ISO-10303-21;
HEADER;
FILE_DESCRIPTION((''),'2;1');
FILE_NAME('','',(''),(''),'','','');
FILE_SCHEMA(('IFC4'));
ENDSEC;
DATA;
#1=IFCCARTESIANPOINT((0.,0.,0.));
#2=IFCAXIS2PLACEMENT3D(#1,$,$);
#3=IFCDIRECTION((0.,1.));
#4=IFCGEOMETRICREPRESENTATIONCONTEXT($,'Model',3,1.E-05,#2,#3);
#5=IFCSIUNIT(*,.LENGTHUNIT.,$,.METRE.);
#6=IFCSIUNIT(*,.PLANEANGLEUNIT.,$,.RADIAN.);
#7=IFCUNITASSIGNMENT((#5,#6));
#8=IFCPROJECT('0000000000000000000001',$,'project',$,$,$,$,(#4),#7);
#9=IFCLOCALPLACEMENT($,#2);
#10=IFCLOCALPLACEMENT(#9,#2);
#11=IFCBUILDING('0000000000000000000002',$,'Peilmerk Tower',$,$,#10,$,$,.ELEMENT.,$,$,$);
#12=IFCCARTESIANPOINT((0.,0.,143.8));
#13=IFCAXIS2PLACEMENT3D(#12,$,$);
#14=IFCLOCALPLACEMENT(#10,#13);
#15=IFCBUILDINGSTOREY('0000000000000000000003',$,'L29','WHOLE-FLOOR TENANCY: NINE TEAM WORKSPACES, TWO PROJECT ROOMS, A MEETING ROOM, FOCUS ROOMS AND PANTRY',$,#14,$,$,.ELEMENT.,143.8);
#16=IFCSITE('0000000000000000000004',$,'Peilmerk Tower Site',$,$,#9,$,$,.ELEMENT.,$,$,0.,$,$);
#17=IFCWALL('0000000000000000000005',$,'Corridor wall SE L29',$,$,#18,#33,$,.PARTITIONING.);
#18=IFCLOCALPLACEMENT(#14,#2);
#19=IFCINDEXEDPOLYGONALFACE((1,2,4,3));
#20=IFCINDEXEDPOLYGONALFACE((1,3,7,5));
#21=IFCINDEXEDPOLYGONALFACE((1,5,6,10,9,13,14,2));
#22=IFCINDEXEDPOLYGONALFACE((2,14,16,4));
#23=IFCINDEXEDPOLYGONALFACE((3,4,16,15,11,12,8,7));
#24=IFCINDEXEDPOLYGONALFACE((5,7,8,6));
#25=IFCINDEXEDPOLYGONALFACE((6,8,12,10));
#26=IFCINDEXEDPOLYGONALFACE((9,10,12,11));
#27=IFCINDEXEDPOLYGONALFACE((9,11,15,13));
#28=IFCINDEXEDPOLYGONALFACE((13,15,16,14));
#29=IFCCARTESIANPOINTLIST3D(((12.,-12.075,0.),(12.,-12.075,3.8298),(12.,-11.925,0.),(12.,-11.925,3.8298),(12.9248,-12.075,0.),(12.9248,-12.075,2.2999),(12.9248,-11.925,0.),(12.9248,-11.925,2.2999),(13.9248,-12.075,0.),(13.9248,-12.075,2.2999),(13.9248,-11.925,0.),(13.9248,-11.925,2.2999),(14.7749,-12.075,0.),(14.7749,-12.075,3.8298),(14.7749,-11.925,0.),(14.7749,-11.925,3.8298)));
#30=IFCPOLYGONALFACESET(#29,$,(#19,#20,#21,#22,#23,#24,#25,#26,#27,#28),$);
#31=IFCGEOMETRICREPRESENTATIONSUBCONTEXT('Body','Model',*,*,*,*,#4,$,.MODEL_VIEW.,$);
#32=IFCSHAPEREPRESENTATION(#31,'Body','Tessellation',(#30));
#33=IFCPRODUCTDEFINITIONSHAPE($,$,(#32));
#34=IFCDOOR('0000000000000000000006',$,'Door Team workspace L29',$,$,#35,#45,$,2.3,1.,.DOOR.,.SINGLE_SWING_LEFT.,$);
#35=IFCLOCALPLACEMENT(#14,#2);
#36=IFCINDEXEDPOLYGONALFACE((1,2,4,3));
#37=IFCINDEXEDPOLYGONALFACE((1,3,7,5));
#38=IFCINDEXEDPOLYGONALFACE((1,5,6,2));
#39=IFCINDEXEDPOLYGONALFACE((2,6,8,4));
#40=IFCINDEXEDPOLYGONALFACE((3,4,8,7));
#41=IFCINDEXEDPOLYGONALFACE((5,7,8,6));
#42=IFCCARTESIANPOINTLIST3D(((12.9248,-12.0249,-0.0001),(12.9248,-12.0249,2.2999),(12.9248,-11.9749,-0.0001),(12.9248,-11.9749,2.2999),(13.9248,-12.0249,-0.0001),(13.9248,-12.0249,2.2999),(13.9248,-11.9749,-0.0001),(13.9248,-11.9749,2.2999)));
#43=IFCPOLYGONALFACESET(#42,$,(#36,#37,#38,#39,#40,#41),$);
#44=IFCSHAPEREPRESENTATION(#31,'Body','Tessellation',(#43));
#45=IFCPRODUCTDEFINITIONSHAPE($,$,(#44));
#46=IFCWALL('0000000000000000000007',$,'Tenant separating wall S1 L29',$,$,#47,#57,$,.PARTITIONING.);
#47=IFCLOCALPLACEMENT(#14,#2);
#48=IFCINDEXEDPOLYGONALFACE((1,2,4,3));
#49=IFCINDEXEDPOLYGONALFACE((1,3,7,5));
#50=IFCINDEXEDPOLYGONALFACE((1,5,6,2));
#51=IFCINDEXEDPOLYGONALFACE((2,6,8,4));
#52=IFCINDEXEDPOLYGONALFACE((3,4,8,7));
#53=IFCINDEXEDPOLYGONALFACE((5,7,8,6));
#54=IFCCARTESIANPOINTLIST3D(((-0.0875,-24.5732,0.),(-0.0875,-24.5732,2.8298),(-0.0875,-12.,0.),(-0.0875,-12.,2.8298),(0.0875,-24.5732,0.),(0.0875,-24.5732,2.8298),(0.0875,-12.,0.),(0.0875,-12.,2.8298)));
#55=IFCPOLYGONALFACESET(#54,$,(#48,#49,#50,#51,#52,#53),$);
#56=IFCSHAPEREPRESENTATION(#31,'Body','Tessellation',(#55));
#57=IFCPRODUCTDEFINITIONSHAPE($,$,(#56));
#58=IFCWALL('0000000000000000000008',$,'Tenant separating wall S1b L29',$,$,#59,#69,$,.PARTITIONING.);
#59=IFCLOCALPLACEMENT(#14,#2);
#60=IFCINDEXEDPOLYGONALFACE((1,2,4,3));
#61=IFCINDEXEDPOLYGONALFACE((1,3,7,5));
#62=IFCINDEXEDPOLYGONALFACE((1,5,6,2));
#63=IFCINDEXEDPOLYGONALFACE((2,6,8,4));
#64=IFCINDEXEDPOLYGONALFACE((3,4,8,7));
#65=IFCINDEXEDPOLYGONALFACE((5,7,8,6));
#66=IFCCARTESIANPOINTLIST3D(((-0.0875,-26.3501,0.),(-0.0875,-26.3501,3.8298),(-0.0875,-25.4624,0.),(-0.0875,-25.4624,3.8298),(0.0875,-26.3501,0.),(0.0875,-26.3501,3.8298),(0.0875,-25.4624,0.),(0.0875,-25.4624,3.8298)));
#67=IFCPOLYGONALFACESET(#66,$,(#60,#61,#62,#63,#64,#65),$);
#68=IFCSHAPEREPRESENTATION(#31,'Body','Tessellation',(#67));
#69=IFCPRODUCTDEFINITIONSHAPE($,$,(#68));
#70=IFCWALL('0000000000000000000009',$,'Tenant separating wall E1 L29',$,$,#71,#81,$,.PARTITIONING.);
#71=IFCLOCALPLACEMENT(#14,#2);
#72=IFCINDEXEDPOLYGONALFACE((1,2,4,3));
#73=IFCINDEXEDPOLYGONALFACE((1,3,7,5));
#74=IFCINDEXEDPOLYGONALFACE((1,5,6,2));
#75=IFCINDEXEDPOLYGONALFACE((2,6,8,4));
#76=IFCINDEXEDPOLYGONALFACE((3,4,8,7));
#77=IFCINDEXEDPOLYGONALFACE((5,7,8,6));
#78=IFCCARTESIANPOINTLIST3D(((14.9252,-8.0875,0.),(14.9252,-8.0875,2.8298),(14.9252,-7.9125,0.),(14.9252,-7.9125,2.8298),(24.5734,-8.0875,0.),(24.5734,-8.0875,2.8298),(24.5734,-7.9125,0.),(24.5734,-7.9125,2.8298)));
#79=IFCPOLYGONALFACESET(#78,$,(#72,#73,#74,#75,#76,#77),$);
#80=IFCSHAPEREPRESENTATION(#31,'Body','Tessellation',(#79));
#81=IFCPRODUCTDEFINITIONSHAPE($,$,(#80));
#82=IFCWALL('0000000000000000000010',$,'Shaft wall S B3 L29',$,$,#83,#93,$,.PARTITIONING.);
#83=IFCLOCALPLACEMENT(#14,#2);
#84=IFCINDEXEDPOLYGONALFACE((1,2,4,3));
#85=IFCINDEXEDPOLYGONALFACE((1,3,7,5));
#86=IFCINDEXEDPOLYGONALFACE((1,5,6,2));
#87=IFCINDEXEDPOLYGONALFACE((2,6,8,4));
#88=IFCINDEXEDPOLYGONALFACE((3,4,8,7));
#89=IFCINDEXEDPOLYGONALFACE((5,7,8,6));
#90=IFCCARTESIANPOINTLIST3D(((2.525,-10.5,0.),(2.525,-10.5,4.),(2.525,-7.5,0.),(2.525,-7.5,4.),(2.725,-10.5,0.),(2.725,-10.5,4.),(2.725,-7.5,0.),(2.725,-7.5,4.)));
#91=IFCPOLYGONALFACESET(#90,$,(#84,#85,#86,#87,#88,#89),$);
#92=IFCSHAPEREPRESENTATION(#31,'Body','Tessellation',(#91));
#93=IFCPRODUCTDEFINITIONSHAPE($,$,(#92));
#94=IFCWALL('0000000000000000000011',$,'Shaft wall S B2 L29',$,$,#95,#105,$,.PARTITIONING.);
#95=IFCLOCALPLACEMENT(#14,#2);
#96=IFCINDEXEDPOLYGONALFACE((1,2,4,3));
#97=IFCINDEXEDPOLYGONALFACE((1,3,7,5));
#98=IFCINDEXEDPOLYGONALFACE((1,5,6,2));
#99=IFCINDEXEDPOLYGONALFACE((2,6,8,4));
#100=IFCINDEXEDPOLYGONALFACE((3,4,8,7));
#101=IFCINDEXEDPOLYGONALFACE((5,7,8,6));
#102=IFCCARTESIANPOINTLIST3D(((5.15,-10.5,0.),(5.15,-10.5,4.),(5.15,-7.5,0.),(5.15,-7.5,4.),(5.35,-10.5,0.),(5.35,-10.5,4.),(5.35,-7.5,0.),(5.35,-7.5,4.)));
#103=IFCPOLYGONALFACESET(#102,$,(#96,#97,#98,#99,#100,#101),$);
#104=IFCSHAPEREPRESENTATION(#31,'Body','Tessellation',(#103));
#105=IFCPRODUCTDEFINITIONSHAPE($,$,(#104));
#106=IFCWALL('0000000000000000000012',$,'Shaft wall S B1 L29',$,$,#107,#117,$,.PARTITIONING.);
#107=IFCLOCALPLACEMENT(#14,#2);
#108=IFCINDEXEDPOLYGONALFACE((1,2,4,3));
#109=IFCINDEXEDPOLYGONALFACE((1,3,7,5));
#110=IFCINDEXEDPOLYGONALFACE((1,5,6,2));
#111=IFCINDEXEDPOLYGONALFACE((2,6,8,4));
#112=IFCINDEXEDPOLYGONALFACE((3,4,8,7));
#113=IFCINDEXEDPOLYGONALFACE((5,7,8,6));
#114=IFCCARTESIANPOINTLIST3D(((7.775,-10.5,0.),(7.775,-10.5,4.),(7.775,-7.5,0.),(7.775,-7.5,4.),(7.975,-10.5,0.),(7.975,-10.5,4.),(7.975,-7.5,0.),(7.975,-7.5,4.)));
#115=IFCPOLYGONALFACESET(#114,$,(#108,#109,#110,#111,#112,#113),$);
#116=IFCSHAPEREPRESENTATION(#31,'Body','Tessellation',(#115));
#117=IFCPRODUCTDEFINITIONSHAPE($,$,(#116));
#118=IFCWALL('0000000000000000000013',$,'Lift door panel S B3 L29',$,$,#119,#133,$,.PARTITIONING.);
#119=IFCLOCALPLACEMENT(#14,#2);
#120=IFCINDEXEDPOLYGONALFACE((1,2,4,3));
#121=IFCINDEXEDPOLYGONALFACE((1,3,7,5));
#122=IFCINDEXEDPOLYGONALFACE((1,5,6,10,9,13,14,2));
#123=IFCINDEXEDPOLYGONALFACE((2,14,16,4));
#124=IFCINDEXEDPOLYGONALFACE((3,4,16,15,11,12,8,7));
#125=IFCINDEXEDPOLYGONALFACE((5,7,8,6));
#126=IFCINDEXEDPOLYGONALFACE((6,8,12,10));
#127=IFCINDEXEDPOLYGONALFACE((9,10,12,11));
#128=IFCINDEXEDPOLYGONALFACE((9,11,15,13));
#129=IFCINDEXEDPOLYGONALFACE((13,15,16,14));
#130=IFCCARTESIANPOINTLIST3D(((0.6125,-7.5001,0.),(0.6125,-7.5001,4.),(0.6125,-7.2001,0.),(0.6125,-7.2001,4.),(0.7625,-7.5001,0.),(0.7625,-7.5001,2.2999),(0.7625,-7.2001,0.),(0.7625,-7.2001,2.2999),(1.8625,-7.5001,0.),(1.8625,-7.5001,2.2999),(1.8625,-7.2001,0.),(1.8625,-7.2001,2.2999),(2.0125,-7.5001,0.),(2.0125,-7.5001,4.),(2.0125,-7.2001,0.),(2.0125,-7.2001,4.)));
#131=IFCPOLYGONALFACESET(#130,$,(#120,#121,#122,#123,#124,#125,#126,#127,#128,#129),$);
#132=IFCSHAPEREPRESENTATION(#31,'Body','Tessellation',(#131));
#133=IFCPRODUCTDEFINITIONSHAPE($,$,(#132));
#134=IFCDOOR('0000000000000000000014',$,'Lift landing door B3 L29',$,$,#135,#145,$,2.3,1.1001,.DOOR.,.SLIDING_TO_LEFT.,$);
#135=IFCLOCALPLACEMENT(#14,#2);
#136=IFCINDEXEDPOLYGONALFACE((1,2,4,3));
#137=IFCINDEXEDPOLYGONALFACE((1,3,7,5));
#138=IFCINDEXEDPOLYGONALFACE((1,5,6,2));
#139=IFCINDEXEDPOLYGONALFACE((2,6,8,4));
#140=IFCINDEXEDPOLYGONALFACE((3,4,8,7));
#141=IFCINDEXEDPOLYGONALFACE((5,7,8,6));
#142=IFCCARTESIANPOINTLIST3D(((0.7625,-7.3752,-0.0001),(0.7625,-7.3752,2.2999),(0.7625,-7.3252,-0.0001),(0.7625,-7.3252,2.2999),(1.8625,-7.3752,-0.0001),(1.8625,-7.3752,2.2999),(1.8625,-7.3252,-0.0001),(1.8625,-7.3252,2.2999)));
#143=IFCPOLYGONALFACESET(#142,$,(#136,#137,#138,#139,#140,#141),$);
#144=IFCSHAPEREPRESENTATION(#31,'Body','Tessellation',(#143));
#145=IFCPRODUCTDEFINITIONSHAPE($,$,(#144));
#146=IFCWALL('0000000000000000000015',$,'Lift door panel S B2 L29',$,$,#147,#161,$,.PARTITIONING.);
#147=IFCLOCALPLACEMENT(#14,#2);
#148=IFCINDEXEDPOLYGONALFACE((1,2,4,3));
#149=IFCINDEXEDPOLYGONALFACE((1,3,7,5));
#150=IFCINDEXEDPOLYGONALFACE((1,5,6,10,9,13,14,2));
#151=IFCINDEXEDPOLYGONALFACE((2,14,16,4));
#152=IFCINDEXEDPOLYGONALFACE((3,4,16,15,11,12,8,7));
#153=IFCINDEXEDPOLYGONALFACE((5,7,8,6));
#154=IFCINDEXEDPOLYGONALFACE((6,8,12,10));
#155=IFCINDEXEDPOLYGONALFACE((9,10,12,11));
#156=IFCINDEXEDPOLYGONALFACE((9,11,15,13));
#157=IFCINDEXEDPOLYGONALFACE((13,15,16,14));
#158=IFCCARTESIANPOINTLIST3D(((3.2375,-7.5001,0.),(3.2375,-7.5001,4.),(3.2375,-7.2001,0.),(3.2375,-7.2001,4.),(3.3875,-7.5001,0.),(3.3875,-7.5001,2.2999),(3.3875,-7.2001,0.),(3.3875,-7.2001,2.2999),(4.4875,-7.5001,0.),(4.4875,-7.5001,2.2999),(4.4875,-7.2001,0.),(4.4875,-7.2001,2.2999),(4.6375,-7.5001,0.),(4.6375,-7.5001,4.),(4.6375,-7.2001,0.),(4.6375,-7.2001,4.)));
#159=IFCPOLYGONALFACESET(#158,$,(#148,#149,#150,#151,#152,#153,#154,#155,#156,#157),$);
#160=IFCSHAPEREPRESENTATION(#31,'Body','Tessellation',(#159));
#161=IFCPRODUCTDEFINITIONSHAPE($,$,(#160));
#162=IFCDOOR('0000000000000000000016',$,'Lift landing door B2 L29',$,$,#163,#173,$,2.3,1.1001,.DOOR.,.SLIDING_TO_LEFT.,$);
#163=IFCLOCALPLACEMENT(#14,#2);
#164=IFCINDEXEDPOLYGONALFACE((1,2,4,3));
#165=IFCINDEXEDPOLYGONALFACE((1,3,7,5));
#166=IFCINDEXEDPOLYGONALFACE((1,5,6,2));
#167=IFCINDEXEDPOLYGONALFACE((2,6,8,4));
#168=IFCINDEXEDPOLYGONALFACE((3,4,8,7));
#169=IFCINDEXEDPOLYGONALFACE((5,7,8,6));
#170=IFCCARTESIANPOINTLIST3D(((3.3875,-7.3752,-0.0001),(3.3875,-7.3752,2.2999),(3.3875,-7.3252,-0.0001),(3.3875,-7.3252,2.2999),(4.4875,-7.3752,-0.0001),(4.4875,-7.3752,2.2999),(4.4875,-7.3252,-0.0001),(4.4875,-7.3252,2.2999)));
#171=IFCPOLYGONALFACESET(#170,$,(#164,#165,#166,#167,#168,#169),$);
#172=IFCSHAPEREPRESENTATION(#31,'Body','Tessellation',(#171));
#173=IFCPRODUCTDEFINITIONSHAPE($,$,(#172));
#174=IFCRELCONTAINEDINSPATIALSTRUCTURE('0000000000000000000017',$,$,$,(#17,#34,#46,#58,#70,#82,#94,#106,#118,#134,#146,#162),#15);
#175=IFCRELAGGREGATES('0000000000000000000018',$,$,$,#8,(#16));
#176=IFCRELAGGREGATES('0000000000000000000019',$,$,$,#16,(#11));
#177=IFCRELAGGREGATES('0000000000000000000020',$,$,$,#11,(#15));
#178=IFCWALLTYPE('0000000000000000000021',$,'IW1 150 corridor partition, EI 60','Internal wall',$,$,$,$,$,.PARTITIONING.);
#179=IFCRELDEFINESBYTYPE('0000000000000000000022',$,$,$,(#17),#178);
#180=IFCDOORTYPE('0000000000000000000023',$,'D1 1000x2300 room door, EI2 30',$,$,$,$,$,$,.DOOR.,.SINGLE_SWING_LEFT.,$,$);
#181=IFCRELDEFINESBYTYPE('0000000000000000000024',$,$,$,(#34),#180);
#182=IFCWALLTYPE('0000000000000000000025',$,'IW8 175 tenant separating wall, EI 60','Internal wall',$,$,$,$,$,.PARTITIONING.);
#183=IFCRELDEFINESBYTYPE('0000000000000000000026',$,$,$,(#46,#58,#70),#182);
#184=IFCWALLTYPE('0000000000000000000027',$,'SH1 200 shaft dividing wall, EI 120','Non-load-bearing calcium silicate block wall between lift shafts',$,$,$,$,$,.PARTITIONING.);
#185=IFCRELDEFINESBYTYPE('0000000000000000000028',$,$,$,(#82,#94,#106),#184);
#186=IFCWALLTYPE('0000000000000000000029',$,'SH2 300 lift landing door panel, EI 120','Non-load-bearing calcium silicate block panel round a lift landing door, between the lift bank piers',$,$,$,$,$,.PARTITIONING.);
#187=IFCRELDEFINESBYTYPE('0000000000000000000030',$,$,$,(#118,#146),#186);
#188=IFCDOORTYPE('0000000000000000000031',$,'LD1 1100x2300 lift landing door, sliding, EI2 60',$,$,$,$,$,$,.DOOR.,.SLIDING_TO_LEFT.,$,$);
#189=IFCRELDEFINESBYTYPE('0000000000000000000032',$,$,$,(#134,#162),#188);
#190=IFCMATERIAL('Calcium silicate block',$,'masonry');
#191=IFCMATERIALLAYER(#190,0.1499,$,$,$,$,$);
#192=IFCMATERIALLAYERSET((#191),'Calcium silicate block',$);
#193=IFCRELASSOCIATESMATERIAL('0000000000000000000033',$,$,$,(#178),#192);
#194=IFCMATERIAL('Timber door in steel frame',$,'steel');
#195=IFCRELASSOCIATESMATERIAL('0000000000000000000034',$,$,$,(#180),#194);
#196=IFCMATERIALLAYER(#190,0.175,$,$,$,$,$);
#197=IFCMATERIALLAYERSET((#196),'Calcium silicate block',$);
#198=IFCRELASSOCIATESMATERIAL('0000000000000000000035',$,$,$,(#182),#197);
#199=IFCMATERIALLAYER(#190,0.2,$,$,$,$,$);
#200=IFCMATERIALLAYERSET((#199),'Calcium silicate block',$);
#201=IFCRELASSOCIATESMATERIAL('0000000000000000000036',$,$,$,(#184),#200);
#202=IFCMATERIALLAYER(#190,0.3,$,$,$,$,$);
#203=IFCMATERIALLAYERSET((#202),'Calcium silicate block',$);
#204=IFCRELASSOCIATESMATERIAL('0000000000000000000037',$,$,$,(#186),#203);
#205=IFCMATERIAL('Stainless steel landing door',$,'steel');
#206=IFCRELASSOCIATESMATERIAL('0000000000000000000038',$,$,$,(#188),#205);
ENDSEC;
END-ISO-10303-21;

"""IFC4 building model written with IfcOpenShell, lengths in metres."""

from ifc_helpers import new_model, si_unit, direction, frame, frame_2d, origin, place, context, subcontext, project, spatial, rectangle, extrude, material, layer, layer_set, type_object, element, fill, save


model = new_model("IFC4")

# Units and contexts
model_context = context("Model", 3, precision=1e-05, world=origin(), true_north=direction((0.0, 1.0)))
body_context = subcontext(model_context, "Body", "Model", "MODEL_VIEW")
ifc_project = project(units=[si_unit("LENGTHUNIT", "METRE"), si_unit("PLANEANGLEUNIT", "RADIAN")], contexts=[model_context])

# Site, building, storey
site_placement = place(None, origin())
site = spatial("IfcSite", under=ifc_project, at=site_placement, Name="Peilmerk Tower Site", CompositionType="ELEMENT", RefElevation=0.0)
building_placement = place(site_placement, origin())
building = spatial("IfcBuilding", under=site, at=building_placement, Name="Peilmerk Tower", CompositionType="ELEMENT")
storey_placement = place(building_placement, frame((0.0, 0.0, 143.8)))
storey = spatial("IfcBuildingStorey", under=building, at=storey_placement, Name="L29", Description="WHOLE-FLOOR TENANCY: NINE TEAM WORKSPACES, TWO PROJECT ROOMS, A MEETING ROOM, FOCUS ROOMS AND PANTRY", CompositionType="ELEMENT", Elevation=143.8)

# Shared definitions
ifc_material_1 = material(Name="Calcium silicate block", Category="masonry")
ifc_layer_1 = layer(ifc_material_1, 0.1499)
ifc_layer_set_1 = layer_set([ifc_layer_1], Name="Calcium silicate block")
wall_type_1 = type_object("IfcWallType", Name="IW1 150 corridor partition, EI 60", Description="Internal wall", PredefinedType="PARTITIONING", material=ifc_layer_set_1)
ifc_material_2 = material(Name="Timber door in steel frame", Category="steel")
door_type_1 = type_object("IfcDoorType", Name="D1 1000x2300 room door, EI2 30", OperationType="SINGLE_SWING_LEFT", PredefinedType="DOOR", material=ifc_material_2)

# Wall, opening, door
wall_1_placement = place(storey_placement, frame((14.7749, -12.0, 0.0), z_axis=(0.0, 0.0, 1.0), x_axis=(-1.0, 0.0, 0.0)))
wall_1 = element("IfcWall", 1, at=wall_1_placement, inside=storey, type_object=wall_type_1, Name="Corridor wall SE L29", PredefinedType="PARTITIONING", context=body_context, shape_type="SweptSolid", body=[
    extrude(rectangle(XDim=2.7749, YDim=0.1499, at=frame_2d((1.3875, 0.0))), origin(), (0.0, 0.0, 1.0), 3.8298),
])
opening_1_placement = place(wall_1_placement, frame((0.8501, 0.0, 0.0)))
opening_1 = element("IfcOpeningElement", 2, at=opening_1_placement, cuts=wall_1, PredefinedType="OPENING", context=body_context, shape_type="SweptSolid", body=[
    extrude(rectangle(XDim=1.0, YDim=2.3, at=frame_2d((0.5, 1.1499))), frame((0.0, 0.085, 0.0), z_axis=(0.0, -1.0, 0.0), x_axis=(1.0, 0.0, 0.0)), (0.0, 0.0, 1.0), 0.1699),
])
door_1_placement = place(opening_1_placement, origin())
door_1 = element("IfcDoor", 3, at=door_1_placement, inside=storey, type_object=door_type_1, Name="Door Team workspace L29", OperationType="SINGLE_SWING_LEFT", OverallHeight=2.3, OverallWidth=1.0, PredefinedType="DOOR", context=body_context, shape_type="SweptSolid", body=[
    extrude(rectangle(XDim=1.0, YDim=2.3, at=frame_2d((0.5, 1.1499))), frame((0.0, 0.0249, 0.0), z_axis=(0.0, -1.0, 0.0), x_axis=(1.0, 0.0, 0.0)), (0.0, 0.0, 1.0), 0.05),
])
fill(opening_1, door_1)

# Walls
ifc_layer_2 = layer(ifc_material_1, 0.175)
ifc_layer_set_2 = layer_set([ifc_layer_2], Name="Calcium silicate block")
wall_type_2 = type_object("IfcWallType", Name="IW8 175 tenant separating wall, EI 60", Description="Internal wall", PredefinedType="PARTITIONING", material=ifc_layer_set_2)
wall_2_placement = place(storey_placement, frame((0.0, -12.0, 0.0), z_axis=(0.0, 0.0, 1.0), x_axis=(0.0, -1.0, 0.0)))
element("IfcWall", 4, at=wall_2_placement, inside=storey, type_object=wall_type_2, Name="Tenant separating wall S1 L29", PredefinedType="PARTITIONING", context=body_context, shape_type="SweptSolid", body=[
    extrude(rectangle(XDim=12.5732, YDim=0.175, at=frame_2d((6.2866, 0.0))), origin(), (0.0, 0.0, 1.0), 2.8298),
])
wall_3_placement = place(storey_placement, frame((0.0, -25.4624, 0.0), z_axis=(0.0, 0.0, 1.0), x_axis=(0.0, -1.0, 0.0)))
element("IfcWall", 5, at=wall_3_placement, inside=storey, type_object=wall_type_2, Name="Tenant separating wall S1b L29", PredefinedType="PARTITIONING", context=body_context, shape_type="SweptSolid", body=[
    extrude(rectangle(XDim=0.8877, YDim=0.175, at=frame_2d((0.4438, 0.0))), origin(), (0.0, 0.0, 1.0), 3.8298),
])
wall_4_placement = place(storey_placement, frame((14.925, -8.0, 0.0), z_axis=(0.0, 0.0, 1.0), x_axis=(1.0, 0.0, 0.0)))
element("IfcWall", 6, at=wall_4_placement, inside=storey, type_object=wall_type_2, Name="Tenant separating wall E1 L29", PredefinedType="PARTITIONING", context=body_context, shape_type="SweptSolid", body=[
    extrude(rectangle(XDim=9.6482, YDim=0.175, at=frame_2d((4.8242, 0.0))), origin(), (0.0, 0.0, 1.0), 2.8298),
])
ifc_layer_3 = layer(ifc_material_1, 0.2)
ifc_layer_set_3 = layer_set([ifc_layer_3], Name="Calcium silicate block")
wall_type_3 = type_object("IfcWallType", Name="SH1 200 shaft dividing wall, EI 120", Description="Non-load-bearing calcium silicate block wall between lift shafts", PredefinedType="PARTITIONING", material=ifc_layer_set_3)
for number, where, z_axis, x_axis, name in (
    (7, (2.625, -10.5, 0.0), (0.0, 0.0, 1.0), (0.0, 1.0, 0.0), "Shaft wall S B3 L29"),
    (8, (5.25, -10.5, 0.0), (0.0, 0.0, 1.0), (0.0, 1.0, 0.0), "Shaft wall S B2 L29"),
    (9, (7.875, -10.5, 0.0), (0.0, 0.0, 1.0), (0.0, 1.0, 0.0), "Shaft wall S B1 L29"),
):
    element("IfcWall", number, at=place(storey_placement, frame(where, z_axis=z_axis, x_axis=x_axis)), inside=storey, type_object=wall_type_3, Name=name, PredefinedType="PARTITIONING", context=body_context, shape_type="SweptSolid", body=[
        extrude(rectangle(XDim=3.0, YDim=0.2, at=frame_2d((1.5, 0.0))), origin(), (0.0, 0.0, 1.0), 4.0),
    ])

# Walls, openings, doors
ifc_layer_4 = layer(ifc_material_1, 0.3)
ifc_layer_set_4 = layer_set([ifc_layer_4], Name="Calcium silicate block")
wall_type_4 = type_object("IfcWallType", Name="SH2 300 lift landing door panel, EI 120", Description="Non-load-bearing calcium silicate block panel round a lift landing door, between the lift bank piers", PredefinedType="PARTITIONING", material=ifc_layer_set_4)
wall_5_placement = place(storey_placement, frame((0.6125, -7.3501, 0.0), z_axis=(0.0, 0.0, 1.0), x_axis=(1.0, 0.0, 0.0)))
wall_5 = element("IfcWall", 10, at=wall_5_placement, inside=storey, type_object=wall_type_4, Name="Lift door panel S B3 L29", PredefinedType="PARTITIONING", context=body_context, shape_type="SweptSolid", body=[
    extrude(rectangle(XDim=1.3999, YDim=0.3, at=frame_2d((0.7, 0.0))), origin(), (0.0, 0.0, 1.0), 4.0),
])
opening_2_placement = place(wall_5_placement, frame((0.1499, 0.0, 0.0)))
opening_2 = element("IfcOpeningElement", 11, at=opening_2_placement, cuts=wall_5, PredefinedType="OPENING", context=body_context, shape_type="SweptSolid", body=[
    extrude(rectangle(XDim=1.1001, YDim=2.3, at=frame_2d((0.55, 1.1499))), frame((0.0, 0.1599, 0.0), z_axis=(0.0, -1.0, 0.0), x_axis=(1.0, 0.0, 0.0)), (0.0, 0.0, 1.0), 0.3201),
])
ifc_material_3 = material(Name="Stainless steel landing door", Category="steel")
door_type_2 = type_object("IfcDoorType", Name="LD1 1100x2300 lift landing door, sliding, EI2 60", OperationType="SLIDING_TO_LEFT", PredefinedType="DOOR", material=ifc_material_3)
door_2_placement = place(opening_2_placement, origin())
door_2 = element("IfcDoor", 12, at=door_2_placement, inside=storey, type_object=door_type_2, Name="Lift landing door B3 L29", OperationType="SLIDING_TO_LEFT", OverallHeight=2.3, OverallWidth=1.1001, PredefinedType="DOOR", context=body_context, shape_type="SweptSolid", body=[
    extrude(rectangle(XDim=1.1001, YDim=2.3, at=frame_2d((0.55, 1.1499))), frame((0.0, 0.0249, 0.0), z_axis=(0.0, -1.0, 0.0), x_axis=(1.0, 0.0, 0.0)), (0.0, 0.0, 1.0), 0.05),
])
fill(opening_2, door_2)
wall_6_placement = place(storey_placement, frame((3.2375, -7.3501, 0.0), z_axis=(0.0, 0.0, 1.0), x_axis=(1.0, 0.0, 0.0)))
wall_6 = element("IfcWall", 13, at=wall_6_placement, inside=storey, type_object=wall_type_4, Name="Lift door panel S B2 L29", PredefinedType="PARTITIONING", context=body_context, shape_type="SweptSolid", body=[
    extrude(rectangle(XDim=1.3999, YDim=0.3, at=frame_2d((0.7, 0.0))), origin(), (0.0, 0.0, 1.0), 4.0),
])
opening_3_placement = place(wall_6_placement, frame((0.1499, 0.0, 0.0)))
opening_3 = element("IfcOpeningElement", 14, at=opening_3_placement, cuts=wall_6, PredefinedType="OPENING", context=body_context, shape_type="SweptSolid", body=[
    extrude(rectangle(XDim=1.1001, YDim=2.3, at=frame_2d((0.55, 1.1499))), frame((0.0, 0.1599, 0.0), z_axis=(0.0, -1.0, 0.0), x_axis=(1.0, 0.0, 0.0)), (0.0, 0.0, 1.0), 0.3201),
])
door_3_placement = place(opening_3_placement, origin())
door_3 = element("IfcDoor", 15, at=door_3_placement, inside=storey, type_object=door_type_2, Name="Lift landing door B2 L29", OperationType="SLIDING_TO_LEFT", OverallHeight=2.3, OverallWidth=1.1001, PredefinedType="DOOR", context=body_context, shape_type="SweptSolid", body=[
    extrude(rectangle(XDim=1.1001, YDim=2.3, at=frame_2d((0.55, 1.1499))), frame((0.0, 0.0249, 0.0), z_axis=(0.0, -1.0, 0.0), x_axis=(1.0, 0.0, 0.0)), (0.0, 0.0, 1.0), 0.05),
])
fill(opening_3, door_3)

save(model, "model.ifc")
